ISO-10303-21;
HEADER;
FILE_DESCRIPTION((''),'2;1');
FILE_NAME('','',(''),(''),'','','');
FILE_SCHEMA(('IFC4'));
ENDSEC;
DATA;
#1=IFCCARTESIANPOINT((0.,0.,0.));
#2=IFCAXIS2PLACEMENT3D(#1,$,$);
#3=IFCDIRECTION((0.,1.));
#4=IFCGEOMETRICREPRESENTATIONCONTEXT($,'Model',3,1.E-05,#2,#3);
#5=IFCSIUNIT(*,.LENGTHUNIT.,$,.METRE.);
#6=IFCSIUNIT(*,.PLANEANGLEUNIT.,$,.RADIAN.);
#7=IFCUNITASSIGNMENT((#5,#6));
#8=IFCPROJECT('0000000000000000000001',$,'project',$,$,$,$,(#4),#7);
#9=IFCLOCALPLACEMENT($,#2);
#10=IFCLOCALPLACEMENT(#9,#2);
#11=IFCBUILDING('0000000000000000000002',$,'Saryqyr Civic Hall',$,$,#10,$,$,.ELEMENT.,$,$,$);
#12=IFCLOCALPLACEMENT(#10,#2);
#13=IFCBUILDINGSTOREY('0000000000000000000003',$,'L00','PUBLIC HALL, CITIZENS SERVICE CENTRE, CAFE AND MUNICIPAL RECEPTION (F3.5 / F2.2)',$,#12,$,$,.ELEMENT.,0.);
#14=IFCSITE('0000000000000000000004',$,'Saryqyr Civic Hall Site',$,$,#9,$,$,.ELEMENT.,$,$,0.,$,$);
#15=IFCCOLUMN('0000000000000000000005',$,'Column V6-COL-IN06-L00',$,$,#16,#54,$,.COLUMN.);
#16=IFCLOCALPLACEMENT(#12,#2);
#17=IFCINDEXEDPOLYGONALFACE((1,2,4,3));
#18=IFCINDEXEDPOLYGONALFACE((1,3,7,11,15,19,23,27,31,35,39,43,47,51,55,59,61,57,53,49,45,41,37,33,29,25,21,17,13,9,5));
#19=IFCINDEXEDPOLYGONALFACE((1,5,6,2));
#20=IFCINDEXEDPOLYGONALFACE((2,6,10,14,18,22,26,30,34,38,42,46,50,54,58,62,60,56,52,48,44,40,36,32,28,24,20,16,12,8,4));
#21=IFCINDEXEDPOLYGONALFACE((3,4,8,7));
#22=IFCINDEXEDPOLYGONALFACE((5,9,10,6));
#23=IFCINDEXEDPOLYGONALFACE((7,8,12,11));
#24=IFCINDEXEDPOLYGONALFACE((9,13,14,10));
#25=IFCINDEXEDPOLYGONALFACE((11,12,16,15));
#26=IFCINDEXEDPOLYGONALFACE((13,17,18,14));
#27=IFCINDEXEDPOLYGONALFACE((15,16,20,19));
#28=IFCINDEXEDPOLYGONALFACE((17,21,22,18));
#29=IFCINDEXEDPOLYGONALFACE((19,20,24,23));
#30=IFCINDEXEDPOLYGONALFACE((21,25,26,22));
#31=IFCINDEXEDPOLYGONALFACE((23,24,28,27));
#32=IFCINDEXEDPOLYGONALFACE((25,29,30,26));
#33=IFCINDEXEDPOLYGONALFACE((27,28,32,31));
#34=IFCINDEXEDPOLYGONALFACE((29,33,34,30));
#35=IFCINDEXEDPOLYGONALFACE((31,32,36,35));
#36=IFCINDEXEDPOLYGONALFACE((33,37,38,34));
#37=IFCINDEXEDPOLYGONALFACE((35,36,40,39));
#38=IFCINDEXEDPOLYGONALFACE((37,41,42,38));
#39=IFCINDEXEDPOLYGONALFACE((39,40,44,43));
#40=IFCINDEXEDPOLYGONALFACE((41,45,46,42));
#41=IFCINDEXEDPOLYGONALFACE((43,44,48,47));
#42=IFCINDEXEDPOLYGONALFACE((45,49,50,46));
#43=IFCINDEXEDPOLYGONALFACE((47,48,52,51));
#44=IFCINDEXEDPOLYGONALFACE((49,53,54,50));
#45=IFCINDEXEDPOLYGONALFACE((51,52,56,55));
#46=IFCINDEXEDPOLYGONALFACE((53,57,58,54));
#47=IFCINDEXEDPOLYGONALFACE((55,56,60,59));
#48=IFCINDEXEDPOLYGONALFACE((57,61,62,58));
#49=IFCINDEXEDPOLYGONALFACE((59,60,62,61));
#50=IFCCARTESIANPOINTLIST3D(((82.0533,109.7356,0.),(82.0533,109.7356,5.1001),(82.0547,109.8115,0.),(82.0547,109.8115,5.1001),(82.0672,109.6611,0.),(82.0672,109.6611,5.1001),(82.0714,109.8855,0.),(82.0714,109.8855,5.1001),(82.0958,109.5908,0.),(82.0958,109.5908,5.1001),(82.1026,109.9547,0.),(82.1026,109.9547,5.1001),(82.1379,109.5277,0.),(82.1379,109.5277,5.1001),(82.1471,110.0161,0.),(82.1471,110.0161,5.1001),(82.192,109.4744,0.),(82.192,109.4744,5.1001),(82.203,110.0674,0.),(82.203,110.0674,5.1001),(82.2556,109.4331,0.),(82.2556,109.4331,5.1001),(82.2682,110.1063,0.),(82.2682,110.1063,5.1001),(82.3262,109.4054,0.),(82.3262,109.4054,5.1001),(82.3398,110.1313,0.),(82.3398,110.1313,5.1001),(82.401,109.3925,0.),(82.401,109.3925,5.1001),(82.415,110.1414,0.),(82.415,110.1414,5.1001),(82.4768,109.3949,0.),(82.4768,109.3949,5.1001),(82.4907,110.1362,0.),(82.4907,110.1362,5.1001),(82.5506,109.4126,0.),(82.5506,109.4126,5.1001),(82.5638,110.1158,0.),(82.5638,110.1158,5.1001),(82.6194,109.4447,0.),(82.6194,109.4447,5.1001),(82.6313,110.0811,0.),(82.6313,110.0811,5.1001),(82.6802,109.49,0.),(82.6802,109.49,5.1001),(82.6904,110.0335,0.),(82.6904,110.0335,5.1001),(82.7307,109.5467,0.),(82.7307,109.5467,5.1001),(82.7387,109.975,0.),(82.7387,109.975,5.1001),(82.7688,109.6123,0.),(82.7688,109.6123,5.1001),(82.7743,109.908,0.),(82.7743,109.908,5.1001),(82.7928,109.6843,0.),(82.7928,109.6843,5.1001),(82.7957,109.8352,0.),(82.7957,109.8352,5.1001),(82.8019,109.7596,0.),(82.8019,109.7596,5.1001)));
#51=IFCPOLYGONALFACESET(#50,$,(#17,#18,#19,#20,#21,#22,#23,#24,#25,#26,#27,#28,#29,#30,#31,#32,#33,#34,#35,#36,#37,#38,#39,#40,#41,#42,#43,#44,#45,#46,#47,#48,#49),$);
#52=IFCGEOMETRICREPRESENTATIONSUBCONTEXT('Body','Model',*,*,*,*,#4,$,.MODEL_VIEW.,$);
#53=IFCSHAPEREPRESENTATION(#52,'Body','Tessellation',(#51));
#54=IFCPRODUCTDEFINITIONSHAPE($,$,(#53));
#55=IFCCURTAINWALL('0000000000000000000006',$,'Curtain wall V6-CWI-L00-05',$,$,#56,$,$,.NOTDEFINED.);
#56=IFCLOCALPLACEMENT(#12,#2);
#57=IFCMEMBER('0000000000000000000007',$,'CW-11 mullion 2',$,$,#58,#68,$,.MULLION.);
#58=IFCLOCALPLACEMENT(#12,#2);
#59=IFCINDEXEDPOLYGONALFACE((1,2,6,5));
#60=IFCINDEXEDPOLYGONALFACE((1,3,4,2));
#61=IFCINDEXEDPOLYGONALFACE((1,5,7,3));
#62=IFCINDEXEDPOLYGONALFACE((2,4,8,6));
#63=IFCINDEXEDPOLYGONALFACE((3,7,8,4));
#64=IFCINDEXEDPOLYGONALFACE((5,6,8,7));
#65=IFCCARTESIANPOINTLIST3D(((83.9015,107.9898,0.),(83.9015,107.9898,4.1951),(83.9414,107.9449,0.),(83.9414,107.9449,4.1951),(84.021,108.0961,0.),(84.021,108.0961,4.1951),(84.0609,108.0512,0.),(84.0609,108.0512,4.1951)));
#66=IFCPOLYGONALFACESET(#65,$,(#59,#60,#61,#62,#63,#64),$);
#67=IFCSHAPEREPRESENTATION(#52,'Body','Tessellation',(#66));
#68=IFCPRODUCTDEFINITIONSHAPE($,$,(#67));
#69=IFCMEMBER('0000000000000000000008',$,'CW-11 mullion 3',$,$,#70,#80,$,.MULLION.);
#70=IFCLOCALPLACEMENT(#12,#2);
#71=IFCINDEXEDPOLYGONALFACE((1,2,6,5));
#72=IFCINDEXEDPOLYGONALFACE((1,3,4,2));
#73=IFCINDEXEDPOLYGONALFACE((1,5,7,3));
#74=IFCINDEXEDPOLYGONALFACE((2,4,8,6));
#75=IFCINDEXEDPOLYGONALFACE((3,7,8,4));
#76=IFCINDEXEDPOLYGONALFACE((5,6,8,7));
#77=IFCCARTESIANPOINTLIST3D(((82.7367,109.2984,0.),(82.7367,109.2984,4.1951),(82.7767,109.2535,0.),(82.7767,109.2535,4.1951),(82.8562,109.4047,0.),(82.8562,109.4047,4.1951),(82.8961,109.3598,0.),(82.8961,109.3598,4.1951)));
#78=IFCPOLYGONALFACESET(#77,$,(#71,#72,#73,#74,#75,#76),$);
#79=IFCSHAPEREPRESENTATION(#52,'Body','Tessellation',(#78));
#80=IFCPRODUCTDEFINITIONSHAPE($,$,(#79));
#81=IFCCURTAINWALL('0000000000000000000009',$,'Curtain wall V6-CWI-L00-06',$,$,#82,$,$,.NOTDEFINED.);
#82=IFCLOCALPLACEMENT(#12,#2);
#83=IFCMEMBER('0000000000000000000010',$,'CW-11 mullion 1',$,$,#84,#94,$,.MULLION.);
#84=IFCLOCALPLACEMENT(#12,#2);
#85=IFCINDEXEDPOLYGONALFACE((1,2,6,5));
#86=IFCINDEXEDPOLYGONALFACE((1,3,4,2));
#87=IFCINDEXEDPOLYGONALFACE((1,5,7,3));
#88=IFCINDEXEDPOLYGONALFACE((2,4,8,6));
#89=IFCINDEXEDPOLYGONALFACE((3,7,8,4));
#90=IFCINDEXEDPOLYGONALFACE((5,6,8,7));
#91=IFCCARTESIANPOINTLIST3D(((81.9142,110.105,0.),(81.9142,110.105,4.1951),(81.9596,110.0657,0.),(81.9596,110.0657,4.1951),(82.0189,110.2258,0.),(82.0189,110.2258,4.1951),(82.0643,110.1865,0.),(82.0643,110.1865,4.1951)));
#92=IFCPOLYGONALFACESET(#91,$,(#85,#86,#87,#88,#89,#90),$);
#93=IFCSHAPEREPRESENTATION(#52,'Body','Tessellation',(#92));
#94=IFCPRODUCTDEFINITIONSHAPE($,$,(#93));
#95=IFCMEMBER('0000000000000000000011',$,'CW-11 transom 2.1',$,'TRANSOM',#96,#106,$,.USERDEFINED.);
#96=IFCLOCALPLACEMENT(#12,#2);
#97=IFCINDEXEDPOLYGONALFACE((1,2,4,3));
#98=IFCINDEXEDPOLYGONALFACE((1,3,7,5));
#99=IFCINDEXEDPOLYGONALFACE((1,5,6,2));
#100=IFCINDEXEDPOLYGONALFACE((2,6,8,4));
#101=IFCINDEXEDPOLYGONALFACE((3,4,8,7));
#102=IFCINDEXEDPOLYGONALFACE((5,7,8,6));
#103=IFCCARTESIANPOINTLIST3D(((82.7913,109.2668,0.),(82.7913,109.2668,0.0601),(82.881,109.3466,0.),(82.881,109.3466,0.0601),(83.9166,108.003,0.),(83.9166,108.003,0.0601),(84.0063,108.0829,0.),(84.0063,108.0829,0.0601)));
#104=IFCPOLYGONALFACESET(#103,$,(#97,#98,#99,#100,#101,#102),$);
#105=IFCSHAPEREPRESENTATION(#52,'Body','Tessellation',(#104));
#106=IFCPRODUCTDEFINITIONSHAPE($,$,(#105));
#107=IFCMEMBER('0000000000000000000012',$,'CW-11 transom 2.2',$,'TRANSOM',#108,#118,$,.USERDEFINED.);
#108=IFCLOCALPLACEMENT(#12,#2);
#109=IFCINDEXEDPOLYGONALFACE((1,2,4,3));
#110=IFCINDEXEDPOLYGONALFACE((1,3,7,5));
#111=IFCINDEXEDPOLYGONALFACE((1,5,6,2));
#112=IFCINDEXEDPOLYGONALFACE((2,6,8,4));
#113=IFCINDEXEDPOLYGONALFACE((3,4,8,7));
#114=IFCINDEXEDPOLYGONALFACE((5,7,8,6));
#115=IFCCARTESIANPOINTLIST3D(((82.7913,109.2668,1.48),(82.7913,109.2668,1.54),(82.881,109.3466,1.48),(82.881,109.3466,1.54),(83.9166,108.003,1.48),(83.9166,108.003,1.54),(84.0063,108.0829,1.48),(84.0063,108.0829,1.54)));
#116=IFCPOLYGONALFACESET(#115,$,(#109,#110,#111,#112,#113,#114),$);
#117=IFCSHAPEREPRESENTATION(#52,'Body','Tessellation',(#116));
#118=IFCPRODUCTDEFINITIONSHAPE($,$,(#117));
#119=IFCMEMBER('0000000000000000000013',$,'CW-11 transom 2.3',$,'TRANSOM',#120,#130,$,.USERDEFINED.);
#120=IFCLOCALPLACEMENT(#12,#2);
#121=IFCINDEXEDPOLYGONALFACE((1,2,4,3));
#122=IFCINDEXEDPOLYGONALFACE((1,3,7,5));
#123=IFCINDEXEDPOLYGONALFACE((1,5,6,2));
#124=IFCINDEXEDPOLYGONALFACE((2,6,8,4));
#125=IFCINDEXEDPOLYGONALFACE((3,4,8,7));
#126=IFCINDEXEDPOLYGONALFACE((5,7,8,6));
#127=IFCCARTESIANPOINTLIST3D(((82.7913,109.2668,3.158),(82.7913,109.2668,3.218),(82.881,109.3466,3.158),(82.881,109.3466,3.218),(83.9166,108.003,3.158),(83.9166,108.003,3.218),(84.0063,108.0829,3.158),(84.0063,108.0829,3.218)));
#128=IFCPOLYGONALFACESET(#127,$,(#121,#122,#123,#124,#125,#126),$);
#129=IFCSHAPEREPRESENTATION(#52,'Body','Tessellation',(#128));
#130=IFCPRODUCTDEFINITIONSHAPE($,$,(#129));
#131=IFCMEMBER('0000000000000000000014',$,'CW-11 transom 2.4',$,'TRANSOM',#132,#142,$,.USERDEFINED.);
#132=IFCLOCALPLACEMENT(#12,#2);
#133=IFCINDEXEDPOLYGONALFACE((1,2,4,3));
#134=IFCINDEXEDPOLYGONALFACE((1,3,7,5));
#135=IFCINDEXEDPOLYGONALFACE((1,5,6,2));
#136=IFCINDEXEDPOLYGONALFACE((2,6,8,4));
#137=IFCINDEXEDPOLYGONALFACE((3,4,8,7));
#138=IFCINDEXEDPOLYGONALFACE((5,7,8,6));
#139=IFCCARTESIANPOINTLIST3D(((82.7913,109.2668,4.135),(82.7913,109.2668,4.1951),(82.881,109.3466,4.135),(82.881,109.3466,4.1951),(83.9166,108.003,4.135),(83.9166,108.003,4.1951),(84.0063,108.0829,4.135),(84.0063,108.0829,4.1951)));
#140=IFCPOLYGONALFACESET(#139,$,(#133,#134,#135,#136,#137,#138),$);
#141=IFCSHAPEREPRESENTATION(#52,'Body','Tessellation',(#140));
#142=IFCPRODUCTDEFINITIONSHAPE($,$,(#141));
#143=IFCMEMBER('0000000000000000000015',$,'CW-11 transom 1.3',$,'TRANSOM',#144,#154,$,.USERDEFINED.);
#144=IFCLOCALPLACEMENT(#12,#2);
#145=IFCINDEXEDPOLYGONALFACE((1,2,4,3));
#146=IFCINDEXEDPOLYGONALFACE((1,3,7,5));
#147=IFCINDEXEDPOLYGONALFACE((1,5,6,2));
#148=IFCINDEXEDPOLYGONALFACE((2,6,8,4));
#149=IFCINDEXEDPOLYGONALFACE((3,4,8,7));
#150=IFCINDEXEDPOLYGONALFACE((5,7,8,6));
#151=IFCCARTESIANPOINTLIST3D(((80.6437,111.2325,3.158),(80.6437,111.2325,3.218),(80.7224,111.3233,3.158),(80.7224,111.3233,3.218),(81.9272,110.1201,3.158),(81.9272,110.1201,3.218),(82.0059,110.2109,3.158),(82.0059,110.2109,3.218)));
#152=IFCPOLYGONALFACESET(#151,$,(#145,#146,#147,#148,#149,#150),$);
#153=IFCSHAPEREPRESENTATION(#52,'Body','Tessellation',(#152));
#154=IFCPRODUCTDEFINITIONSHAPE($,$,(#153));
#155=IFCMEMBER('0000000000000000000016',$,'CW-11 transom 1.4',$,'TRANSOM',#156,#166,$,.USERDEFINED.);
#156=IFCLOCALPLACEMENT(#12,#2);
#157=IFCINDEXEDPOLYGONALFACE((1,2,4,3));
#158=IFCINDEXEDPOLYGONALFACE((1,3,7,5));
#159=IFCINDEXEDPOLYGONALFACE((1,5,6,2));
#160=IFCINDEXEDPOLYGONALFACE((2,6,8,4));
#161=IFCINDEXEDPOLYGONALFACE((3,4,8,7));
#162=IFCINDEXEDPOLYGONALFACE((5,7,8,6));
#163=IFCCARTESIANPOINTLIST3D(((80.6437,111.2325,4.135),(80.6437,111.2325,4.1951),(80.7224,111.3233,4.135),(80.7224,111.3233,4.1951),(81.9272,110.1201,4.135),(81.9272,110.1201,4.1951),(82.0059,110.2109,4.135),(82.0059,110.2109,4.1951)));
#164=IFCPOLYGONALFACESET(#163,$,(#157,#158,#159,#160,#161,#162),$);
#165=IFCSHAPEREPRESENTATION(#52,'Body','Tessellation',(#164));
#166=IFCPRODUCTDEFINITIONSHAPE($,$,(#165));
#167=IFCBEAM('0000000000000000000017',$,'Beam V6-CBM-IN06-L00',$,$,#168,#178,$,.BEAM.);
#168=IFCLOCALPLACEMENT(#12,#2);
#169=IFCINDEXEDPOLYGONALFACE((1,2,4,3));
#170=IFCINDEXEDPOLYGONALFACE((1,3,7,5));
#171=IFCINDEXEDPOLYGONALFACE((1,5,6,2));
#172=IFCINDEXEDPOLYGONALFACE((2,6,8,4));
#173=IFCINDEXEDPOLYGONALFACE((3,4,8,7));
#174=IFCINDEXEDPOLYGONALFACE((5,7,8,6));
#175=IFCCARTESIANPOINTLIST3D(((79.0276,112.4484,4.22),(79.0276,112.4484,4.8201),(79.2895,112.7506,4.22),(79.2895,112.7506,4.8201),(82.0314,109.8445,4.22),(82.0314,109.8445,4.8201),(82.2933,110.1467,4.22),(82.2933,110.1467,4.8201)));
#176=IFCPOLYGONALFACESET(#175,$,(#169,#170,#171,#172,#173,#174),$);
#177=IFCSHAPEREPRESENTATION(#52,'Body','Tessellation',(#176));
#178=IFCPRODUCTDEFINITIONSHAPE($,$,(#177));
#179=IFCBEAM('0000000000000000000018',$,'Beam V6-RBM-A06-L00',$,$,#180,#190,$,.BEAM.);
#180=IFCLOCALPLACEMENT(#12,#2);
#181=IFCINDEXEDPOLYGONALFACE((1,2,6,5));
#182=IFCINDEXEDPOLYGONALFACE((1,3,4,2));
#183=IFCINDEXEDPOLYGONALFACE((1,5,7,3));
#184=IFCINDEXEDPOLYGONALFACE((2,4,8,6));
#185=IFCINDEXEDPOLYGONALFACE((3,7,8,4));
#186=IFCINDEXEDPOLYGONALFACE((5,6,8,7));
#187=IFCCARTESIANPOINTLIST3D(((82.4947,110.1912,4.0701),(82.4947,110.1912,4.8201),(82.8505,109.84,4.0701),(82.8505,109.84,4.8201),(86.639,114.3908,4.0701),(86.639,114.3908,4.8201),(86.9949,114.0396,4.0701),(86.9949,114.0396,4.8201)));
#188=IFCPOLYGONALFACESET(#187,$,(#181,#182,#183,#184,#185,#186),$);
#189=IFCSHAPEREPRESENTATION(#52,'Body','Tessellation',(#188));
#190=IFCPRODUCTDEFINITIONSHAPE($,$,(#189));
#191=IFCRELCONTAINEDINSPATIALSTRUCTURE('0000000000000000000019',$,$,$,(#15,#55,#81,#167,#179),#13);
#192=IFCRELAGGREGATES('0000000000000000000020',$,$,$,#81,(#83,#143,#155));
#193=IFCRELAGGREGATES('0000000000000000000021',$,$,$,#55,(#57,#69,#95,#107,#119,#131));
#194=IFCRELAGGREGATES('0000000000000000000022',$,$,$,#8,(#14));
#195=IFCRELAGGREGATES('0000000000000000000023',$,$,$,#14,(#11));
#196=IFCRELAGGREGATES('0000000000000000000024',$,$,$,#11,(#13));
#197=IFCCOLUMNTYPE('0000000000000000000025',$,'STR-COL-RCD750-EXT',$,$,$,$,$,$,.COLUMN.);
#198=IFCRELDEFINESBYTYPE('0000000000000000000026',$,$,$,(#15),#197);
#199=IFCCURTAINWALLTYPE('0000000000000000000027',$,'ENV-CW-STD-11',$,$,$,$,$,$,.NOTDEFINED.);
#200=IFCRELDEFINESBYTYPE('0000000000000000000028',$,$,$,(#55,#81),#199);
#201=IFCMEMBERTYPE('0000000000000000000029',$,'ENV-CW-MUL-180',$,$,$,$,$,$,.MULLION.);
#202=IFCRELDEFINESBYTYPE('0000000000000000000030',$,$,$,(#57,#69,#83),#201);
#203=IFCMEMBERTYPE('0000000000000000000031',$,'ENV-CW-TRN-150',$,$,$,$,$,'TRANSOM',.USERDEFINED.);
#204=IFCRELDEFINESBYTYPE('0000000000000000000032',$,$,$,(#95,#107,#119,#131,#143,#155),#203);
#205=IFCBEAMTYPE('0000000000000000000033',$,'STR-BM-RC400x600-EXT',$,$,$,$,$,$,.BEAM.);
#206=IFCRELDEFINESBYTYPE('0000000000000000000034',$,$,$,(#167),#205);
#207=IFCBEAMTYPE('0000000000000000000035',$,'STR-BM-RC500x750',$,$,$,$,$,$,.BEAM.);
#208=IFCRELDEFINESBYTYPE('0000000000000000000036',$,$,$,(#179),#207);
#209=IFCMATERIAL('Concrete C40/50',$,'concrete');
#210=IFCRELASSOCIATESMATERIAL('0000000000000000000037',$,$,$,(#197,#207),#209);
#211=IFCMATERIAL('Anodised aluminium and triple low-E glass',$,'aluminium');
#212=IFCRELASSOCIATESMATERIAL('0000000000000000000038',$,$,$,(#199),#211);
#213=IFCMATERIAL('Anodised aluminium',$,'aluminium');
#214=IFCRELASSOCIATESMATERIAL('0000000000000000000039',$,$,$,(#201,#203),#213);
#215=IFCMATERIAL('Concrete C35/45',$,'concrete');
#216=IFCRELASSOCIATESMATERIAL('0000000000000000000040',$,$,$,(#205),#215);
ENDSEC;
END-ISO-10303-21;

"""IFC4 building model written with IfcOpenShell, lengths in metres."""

from ifc_helpers import new_model, si_unit, direction, frame, origin, origin_2d, place, context, subcontext, project, spatial, rectangle, circle, extrude, material, material_profile, profile_set, type_object, element, aggregate, save


model = new_model("IFC4")

# Units and contexts
model_context = context("Model", 3, precision=1e-05, world=origin(), true_north=direction((0.0, 1.0)))
body_context = subcontext(model_context, "Body", "Model", "MODEL_VIEW")
ifc_project = project(units=[si_unit("LENGTHUNIT", "METRE"), si_unit("PLANEANGLEUNIT", "RADIAN")], contexts=[model_context])

# Site, building, storey
site_placement = place(None, origin())
site = spatial("IfcSite", under=ifc_project, at=site_placement, Name="Saryqyr Civic Hall Site", CompositionType="ELEMENT", RefElevation=0.0)
building_placement = place(site_placement, origin())
building = spatial("IfcBuilding", under=site, at=building_placement, Name="Saryqyr Civic Hall", CompositionType="ELEMENT")
storey_placement = place(building_placement, origin())
storey = spatial("IfcBuildingStorey", under=building, at=storey_placement, Name="L00", Description="PUBLIC HALL, CITIZENS SERVICE CENTRE, CAFE AND MUNICIPAL RECEPTION (F3.5 / F2.2)", CompositionType="ELEMENT", Elevation=0.0)

# Column
ifc_material_1 = material(Name="Concrete C40/50", Category="concrete")
ifc_material_profile_1 = material_profile(ifc_material_1, circle(Radius=0.375, at=origin_2d()), Name="RC D750")
ifc_profile_set_1 = profile_set([ifc_material_profile_1], Name="Concrete C40/50")
column_type = type_object("IfcColumnType", Name="STR-COL-RCD750-EXT", PredefinedType="COLUMN", material=ifc_profile_set_1)
column_placement = place(storey_placement, frame((82.427, 109.7666, 0.0), z_axis=(0.0, 0.0, 1.0), x_axis=(0.702402, 0.711781, 0.0)))
element("IfcColumn", 1, at=column_placement, inside=storey, type_object=column_type, Name="Column V6-COL-IN06-L00", PredefinedType="COLUMN", context=body_context, shape_type="SweptSolid", body=[
    extrude(circle(Radius=0.375, at=origin_2d()), origin(), (0.0, 0.0, 1.0), 5.1001),
])

# Curtain wall, members
ifc_material_2 = material(Name="Anodised aluminium and triple low-E glass", Category="aluminium")
curtain_wall_type = type_object("IfcCurtainWallType", Name="ENV-CW-STD-11", PredefinedType="NOTDEFINED", material=ifc_material_2)
curtain_wall_1_placement = place(storey_placement, origin())
curtain_wall_1 = element("IfcCurtainWall", 2, at=curtain_wall_1_placement, inside=storey, type_object=curtain_wall_type, Name="Curtain wall V6-CWI-L00-05", PredefinedType="NOTDEFINED")
ifc_material_3 = material(Name="Anodised aluminium", Category="aluminium")
ifc_material_profile_2 = material_profile(ifc_material_3, rectangle(XDim=0.0601, YDim=0.1599, at=origin_2d()), Name="ALU MULLION 60x160")
ifc_profile_set_2 = profile_set([ifc_material_profile_2], Name="Anodised aluminium")
member_type_1 = type_object("IfcMemberType", Name="ENV-CW-MUL-180", PredefinedType="MULLION", material=ifc_profile_set_2)
member_1_placement = place(storey_placement, frame((83.9812, 108.0205, 0.0), z_axis=(0.0, 0.0, 1.0), x_axis=(-0.664924, 0.746911, 0.0)))
member_1 = element("IfcMember", 3, at=member_1_placement, type_object=member_type_1, Name="CW-11 mullion 2", PredefinedType="MULLION", context=body_context, shape_type="SweptSolid", body=[
    extrude(rectangle(XDim=0.0601, YDim=0.1599, at=origin_2d()), origin(), (0.0, 0.0, 1.0), 4.1951),
])
member_2_placement = place(storey_placement, frame((82.8164, 109.3291, 0.0), z_axis=(0.0, 0.0, 1.0), x_axis=(-0.664924, 0.746911, 0.0)))
member_2 = element("IfcMember", 4, at=member_2_placement, type_object=member_type_1, Name="CW-11 mullion 3", PredefinedType="MULLION", context=body_context, shape_type="SweptSolid", body=[
    extrude(rectangle(XDim=0.0601, YDim=0.1599, at=origin_2d()), origin(), (0.0, 0.0, 1.0), 4.1951),
])

# Curtain wall, member
curtain_wall_2_placement = place(storey_placement, origin())
curtain_wall_2 = element("IfcCurtainWall", 5, at=curtain_wall_2_placement, inside=storey, type_object=curtain_wall_type, Name="Curtain wall V6-CWI-L00-06", PredefinedType="NOTDEFINED")
member_3_placement = place(storey_placement, frame((81.9893, 110.1458, 0.0), z_axis=(0.0, 0.0, 1.0), x_axis=(-0.755649, 0.654976, 0.0)))
member_3 = element("IfcMember", 6, at=member_3_placement, type_object=member_type_1, Name="CW-11 mullion 1", PredefinedType="MULLION", context=body_context, shape_type="SweptSolid", body=[
    extrude(rectangle(XDim=0.0601, YDim=0.1599, at=origin_2d()), origin(), (0.0, 0.0, 1.0), 4.1951),
])

# Members
ifc_material_profile_3 = material_profile(ifc_material_3, rectangle(XDim=0.1201, YDim=0.0601, at=origin_2d()), Name="ALU TRANSOM 120x60")
ifc_profile_set_3 = profile_set([ifc_material_profile_3], Name="Anodised aluminium")
member_type_2 = type_object("IfcMemberType", Name="ENV-CW-TRN-150", ElementType="TRANSOM", PredefinedType="USERDEFINED", material=ifc_profile_set_3)
member_4_placement = place(storey_placement, frame((83.9614, 108.043, 0.03), z_axis=(-0.665017, 0.746828, 0.0), x_axis=(-0.746828, -0.665017, 0.0)))
member_4 = element("IfcMember", 7, at=member_4_placement, type_object=member_type_2, Name="CW-11 transom 2.1", ObjectType="TRANSOM", PredefinedType="USERDEFINED", context=body_context, shape_type="SweptSolid", body=[
    extrude(rectangle(XDim=0.1201, YDim=0.0601, at=origin_2d()), origin(), (0.0, 0.0, 1.0), 1.6921),
])
member_5_placement = place(storey_placement, frame((83.9614, 108.043, 1.51), z_axis=(-0.665017, 0.746828, 0.0), x_axis=(-0.746828, -0.665017, 0.0)))
member_5 = element("IfcMember", 8, at=member_5_placement, type_object=member_type_2, Name="CW-11 transom 2.2", ObjectType="TRANSOM", PredefinedType="USERDEFINED", context=body_context, shape_type="SweptSolid", body=[
    extrude(rectangle(XDim=0.1201, YDim=0.0601, at=origin_2d()), origin(), (0.0, 0.0, 1.0), 1.6921),
])
member_6_placement = place(storey_placement, frame((83.9614, 108.043, 3.188), z_axis=(-0.665017, 0.746828, 0.0), x_axis=(-0.746828, -0.665017, 0.0)))
member_6 = element("IfcMember", 9, at=member_6_placement, type_object=member_type_2, Name="CW-11 transom 2.3", ObjectType="TRANSOM", PredefinedType="USERDEFINED", context=body_context, shape_type="SweptSolid", body=[
    extrude(rectangle(XDim=0.1201, YDim=0.0601, at=origin_2d()), origin(), (0.0, 0.0, 1.0), 1.6921),
])
member_7_placement = place(storey_placement, frame((83.9614, 108.043, 4.165), z_axis=(-0.665017, 0.746828, 0.0), x_axis=(-0.746828, -0.665017, 0.0)))
member_7 = element("IfcMember", 10, at=member_7_placement, type_object=member_type_2, Name="CW-11 transom 2.4", ObjectType="TRANSOM", PredefinedType="USERDEFINED", context=body_context, shape_type="SweptSolid", body=[
    extrude(rectangle(XDim=0.1201, YDim=0.0601, at=origin_2d()), origin(), (0.0, 0.0, 1.0), 1.6921),
])
member_8_placement = place(storey_placement, frame((81.9666, 110.1655, 3.188), z_axis=(-0.755694, 0.654925, 0.0), x_axis=(-0.654925, -0.755694, 0.0)))
member_8 = element("IfcMember", 11, at=member_8_placement, type_object=member_type_2, Name="CW-11 transom 1.3", ObjectType="TRANSOM", PredefinedType="USERDEFINED", context=body_context, shape_type="SweptSolid", body=[
    extrude(rectangle(XDim=0.1201, YDim=0.0601, at=origin_2d()), origin(), (0.0, 0.0, 1.0), 1.6985),
])
member_9_placement = place(storey_placement, frame((81.9666, 110.1655, 4.165), z_axis=(-0.755694, 0.654925, 0.0), x_axis=(-0.654925, -0.755694, 0.0)))
member_9 = element("IfcMember", 12, at=member_9_placement, type_object=member_type_2, Name="CW-11 transom 1.4", ObjectType="TRANSOM", PredefinedType="USERDEFINED", context=body_context, shape_type="SweptSolid", body=[
    extrude(rectangle(XDim=0.1201, YDim=0.0601, at=origin_2d()), origin(), (0.0, 0.0, 1.0), 1.6985),
])
aggregate(curtain_wall_2, [member_3, member_8, member_9])

# Beams
ifc_material_4 = material(Name="Concrete C35/45", Category="concrete")
ifc_material_profile_4 = material_profile(ifc_material_4, rectangle(XDim=0.3999, YDim=0.6001, at=origin_2d()), Name="RC 400x600")
ifc_profile_set_4 = profile_set([ifc_material_profile_4], Name="Concrete C35/45")
beam_type_1 = type_object("IfcBeamType", Name="STR-BM-RC400x600-EXT", PredefinedType="BEAM", material=ifc_profile_set_4)
beam_1_placement = place(storey_placement, frame((82.1624, 109.9956, 4.52), z_axis=(-0.755612, 0.655019, 0.0), x_axis=(-0.655019, -0.755612, 0.0)))
element("IfcBeam", 13, at=beam_1_placement, inside=storey, type_object=beam_type_1, Name="Beam V6-CBM-IN06-L00", PredefinedType="BEAM", context=body_context, shape_type="SweptSolid", body=[
    extrude(rectangle(XDim=0.3999, YDim=0.6001, at=origin_2d()), origin(), (0.0, 0.0, 1.0), 3.9753),
])
ifc_material_profile_5 = material_profile(ifc_material_1, rectangle(XDim=0.5, YDim=0.75, at=origin_2d()), Name="RC 500x750")
ifc_profile_set_5 = profile_set([ifc_material_profile_5], Name="Concrete C40/50")
beam_type_2 = type_object("IfcBeamType", Name="STR-BM-RC500x750", PredefinedType="BEAM", material=ifc_profile_set_5)
beam_2_placement = place(storey_placement, frame((82.6726, 110.0156, 4.4451), z_axis=(0.702415, 0.711767, 0.0), x_axis=(-0.711767, 0.702415, 0.0)))
element("IfcBeam", 14, at=beam_2_placement, inside=storey, type_object=beam_type_2, Name="Beam V6-RBM-A06-L00", PredefinedType="BEAM", context=body_context, shape_type="SweptSolid", body=[
    extrude(rectangle(XDim=0.5, YDim=0.75, at=origin_2d()), origin(), (0.0, 0.0, 1.0), 5.9001),
])

aggregate(curtain_wall_1, [member_1, member_2, member_4, member_5, member_6, member_7])

save(model, "model.ifc")
